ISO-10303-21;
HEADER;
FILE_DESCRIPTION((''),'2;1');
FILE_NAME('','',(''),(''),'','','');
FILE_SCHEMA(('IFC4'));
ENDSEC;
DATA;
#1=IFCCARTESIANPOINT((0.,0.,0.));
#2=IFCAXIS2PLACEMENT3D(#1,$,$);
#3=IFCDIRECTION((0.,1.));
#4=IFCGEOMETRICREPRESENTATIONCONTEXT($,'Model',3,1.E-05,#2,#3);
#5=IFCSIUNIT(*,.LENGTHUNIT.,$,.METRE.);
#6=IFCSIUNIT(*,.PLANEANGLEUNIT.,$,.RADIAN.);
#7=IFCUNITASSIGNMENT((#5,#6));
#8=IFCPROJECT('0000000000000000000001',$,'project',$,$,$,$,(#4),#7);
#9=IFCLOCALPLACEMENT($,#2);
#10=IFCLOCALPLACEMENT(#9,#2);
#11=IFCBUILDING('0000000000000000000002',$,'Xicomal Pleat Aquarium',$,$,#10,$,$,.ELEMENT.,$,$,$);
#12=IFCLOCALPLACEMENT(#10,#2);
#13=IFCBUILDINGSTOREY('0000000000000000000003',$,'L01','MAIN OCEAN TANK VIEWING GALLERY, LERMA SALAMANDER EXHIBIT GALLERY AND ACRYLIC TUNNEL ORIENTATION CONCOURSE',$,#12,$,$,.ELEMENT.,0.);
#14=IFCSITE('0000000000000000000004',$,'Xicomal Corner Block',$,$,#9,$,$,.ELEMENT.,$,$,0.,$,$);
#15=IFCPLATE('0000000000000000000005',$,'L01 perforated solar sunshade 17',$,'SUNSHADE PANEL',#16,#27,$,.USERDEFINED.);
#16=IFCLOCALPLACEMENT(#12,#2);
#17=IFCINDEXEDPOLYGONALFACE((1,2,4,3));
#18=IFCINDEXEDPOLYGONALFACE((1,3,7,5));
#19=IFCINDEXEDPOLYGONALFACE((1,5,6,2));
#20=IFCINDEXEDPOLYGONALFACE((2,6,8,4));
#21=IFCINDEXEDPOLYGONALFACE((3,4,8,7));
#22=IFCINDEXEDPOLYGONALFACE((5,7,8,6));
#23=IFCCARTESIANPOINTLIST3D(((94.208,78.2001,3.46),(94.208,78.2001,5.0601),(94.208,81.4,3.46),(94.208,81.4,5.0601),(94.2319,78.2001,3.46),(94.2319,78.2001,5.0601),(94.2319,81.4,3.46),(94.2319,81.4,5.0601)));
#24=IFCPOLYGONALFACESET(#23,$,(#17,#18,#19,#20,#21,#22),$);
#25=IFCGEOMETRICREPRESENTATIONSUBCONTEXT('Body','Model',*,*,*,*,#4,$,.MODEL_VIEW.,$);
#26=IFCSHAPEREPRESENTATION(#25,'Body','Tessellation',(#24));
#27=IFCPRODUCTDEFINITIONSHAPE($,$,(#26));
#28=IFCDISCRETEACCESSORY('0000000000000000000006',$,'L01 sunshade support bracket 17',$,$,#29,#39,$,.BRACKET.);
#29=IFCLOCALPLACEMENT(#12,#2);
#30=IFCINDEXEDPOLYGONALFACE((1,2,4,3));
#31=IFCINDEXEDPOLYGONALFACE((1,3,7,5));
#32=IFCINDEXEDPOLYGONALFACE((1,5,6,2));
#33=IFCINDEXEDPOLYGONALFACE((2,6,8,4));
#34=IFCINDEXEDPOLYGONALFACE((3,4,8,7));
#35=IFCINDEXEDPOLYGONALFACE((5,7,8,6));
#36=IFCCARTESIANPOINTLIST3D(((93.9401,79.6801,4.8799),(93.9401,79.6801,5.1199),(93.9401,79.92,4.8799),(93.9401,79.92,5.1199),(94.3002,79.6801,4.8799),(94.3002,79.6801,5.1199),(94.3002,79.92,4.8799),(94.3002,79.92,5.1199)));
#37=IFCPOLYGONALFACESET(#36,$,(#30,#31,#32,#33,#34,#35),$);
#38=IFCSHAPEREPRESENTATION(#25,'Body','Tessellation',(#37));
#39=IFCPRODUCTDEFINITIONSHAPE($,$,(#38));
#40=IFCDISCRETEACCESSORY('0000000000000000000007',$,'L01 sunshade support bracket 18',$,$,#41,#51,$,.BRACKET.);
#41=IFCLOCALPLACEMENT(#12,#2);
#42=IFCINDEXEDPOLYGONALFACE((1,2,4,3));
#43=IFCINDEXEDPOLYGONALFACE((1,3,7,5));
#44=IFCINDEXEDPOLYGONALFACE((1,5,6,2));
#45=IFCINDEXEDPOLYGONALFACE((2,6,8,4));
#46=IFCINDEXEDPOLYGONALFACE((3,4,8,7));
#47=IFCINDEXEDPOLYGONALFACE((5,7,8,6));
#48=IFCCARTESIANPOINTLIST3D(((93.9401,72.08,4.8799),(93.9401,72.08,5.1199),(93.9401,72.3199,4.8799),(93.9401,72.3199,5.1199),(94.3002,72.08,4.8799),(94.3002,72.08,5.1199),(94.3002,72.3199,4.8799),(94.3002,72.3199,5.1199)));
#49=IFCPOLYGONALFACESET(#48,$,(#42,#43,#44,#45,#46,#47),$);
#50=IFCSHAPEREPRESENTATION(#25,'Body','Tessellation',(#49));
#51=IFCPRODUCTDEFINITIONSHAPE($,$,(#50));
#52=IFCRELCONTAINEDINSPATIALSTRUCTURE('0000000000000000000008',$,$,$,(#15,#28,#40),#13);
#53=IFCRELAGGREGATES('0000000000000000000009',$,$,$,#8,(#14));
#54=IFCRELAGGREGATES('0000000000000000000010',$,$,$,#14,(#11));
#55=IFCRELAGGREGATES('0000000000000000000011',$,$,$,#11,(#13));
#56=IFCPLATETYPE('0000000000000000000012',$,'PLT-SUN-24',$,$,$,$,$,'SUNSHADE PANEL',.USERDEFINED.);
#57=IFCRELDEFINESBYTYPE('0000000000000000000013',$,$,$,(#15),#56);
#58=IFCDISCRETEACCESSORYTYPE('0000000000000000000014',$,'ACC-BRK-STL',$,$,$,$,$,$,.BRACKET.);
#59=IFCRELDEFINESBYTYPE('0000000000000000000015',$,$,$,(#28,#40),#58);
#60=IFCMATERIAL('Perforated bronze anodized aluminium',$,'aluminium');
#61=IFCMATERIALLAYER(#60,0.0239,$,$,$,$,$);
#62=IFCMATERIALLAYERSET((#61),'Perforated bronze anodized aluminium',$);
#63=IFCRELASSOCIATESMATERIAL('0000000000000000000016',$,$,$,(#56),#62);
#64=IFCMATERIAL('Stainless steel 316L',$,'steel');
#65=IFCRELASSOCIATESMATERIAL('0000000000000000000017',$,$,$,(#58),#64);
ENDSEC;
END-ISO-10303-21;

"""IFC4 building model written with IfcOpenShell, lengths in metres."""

from ifc_helpers import new_model, si_unit, direction, frame, origin, origin_2d, place, context, subcontext, project, spatial, rectangle, extrude, material, layer, layer_set, type_object, element, save


model = new_model("IFC4")

# Units and contexts
model_context = context("Model", 3, precision=1e-05, world=origin(), true_north=direction((0.0, 1.0)))
body_context = subcontext(model_context, "Body", "Model", "MODEL_VIEW")
ifc_project = project(units=[si_unit("LENGTHUNIT", "METRE"), si_unit("PLANEANGLEUNIT", "RADIAN")], contexts=[model_context])

# Site, building, storey
site_placement = place(None, origin())
site = spatial("IfcSite", under=ifc_project, at=site_placement, Name="Xicomal Corner Block", CompositionType="ELEMENT", RefElevation=0.0)
building_placement = place(site_placement, origin())
building = spatial("IfcBuilding", under=site, at=building_placement, Name="Xicomal Pleat Aquarium", CompositionType="ELEMENT")
storey_placement = place(building_placement, origin())
storey = spatial("IfcBuildingStorey", under=building, at=storey_placement, Name="L01", Description="MAIN OCEAN TANK VIEWING GALLERY, LERMA SALAMANDER EXHIBIT GALLERY AND ACRYLIC TUNNEL ORIENTATION CONCOURSE", CompositionType="ELEMENT", Elevation=0.0)

# Plate
ifc_material_1 = material(Name="Perforated bronze anodized aluminium", Category="aluminium")
ifc_layer_1 = layer(ifc_material_1, 0.0239)
ifc_layer_set_1 = layer_set([ifc_layer_1], Name="Perforated bronze anodized aluminium")
plate_type_1 = type_object("IfcPlateType", Name="PLT-SUN-24", ElementType="SUNSHADE PANEL", PredefinedType="USERDEFINED", material=ifc_layer_set_1)
plate_1_placement = place(storey_placement, frame((94.22, 79.8, 3.46), z_axis=(0.0, 0.0, 1.0), x_axis=(0.0, -1.0, 0.0)))
element("IfcPlate", 1, at=plate_1_placement, inside=storey, type_object=plate_type_1, Name="L01 perforated solar sunshade 17", ObjectType="SUNSHADE PANEL", PredefinedType="USERDEFINED", context=body_context, shape_type="SweptSolid", body=[
    extrude(rectangle(XDim=3.2, YDim=0.0239, at=origin_2d()), origin(), (0.0, 0.0, 1.0), 1.6001),
])

# Discrete accessories
ifc_material_2 = material(Name="Stainless steel 316L", Category="steel")
discrete_accessory_type = type_object("IfcDiscreteAccessoryType", Name="ACC-BRK-STL", PredefinedType="BRACKET", material=ifc_material_2)
for number, where, z_axis, x_axis, name in (
    (2, (94.1201, 79.8, 4.8799), (0.0, 0.0, 1.0), (0.0, -1.0, 0.0), "L01 sunshade support bracket 17"),
    (3, (94.1201, 72.2, 4.8799), (0.0, 0.0, 1.0), (0.0, -1.0, 0.0), "L01 sunshade support bracket 18"),
):
    element("IfcDiscreteAccessory", number, at=place(storey_placement, frame(where, z_axis=z_axis, x_axis=x_axis)), inside=storey, type_object=discrete_accessory_type, Name=name, PredefinedType="BRACKET", context=body_context, shape_type="SweptSolid", body=[
        extrude(rectangle(XDim=0.24, YDim=0.3601, at=origin_2d()), origin(), (0.0, 0.0, 1.0), 0.24),
    ])

save(model, "model.ifc")
